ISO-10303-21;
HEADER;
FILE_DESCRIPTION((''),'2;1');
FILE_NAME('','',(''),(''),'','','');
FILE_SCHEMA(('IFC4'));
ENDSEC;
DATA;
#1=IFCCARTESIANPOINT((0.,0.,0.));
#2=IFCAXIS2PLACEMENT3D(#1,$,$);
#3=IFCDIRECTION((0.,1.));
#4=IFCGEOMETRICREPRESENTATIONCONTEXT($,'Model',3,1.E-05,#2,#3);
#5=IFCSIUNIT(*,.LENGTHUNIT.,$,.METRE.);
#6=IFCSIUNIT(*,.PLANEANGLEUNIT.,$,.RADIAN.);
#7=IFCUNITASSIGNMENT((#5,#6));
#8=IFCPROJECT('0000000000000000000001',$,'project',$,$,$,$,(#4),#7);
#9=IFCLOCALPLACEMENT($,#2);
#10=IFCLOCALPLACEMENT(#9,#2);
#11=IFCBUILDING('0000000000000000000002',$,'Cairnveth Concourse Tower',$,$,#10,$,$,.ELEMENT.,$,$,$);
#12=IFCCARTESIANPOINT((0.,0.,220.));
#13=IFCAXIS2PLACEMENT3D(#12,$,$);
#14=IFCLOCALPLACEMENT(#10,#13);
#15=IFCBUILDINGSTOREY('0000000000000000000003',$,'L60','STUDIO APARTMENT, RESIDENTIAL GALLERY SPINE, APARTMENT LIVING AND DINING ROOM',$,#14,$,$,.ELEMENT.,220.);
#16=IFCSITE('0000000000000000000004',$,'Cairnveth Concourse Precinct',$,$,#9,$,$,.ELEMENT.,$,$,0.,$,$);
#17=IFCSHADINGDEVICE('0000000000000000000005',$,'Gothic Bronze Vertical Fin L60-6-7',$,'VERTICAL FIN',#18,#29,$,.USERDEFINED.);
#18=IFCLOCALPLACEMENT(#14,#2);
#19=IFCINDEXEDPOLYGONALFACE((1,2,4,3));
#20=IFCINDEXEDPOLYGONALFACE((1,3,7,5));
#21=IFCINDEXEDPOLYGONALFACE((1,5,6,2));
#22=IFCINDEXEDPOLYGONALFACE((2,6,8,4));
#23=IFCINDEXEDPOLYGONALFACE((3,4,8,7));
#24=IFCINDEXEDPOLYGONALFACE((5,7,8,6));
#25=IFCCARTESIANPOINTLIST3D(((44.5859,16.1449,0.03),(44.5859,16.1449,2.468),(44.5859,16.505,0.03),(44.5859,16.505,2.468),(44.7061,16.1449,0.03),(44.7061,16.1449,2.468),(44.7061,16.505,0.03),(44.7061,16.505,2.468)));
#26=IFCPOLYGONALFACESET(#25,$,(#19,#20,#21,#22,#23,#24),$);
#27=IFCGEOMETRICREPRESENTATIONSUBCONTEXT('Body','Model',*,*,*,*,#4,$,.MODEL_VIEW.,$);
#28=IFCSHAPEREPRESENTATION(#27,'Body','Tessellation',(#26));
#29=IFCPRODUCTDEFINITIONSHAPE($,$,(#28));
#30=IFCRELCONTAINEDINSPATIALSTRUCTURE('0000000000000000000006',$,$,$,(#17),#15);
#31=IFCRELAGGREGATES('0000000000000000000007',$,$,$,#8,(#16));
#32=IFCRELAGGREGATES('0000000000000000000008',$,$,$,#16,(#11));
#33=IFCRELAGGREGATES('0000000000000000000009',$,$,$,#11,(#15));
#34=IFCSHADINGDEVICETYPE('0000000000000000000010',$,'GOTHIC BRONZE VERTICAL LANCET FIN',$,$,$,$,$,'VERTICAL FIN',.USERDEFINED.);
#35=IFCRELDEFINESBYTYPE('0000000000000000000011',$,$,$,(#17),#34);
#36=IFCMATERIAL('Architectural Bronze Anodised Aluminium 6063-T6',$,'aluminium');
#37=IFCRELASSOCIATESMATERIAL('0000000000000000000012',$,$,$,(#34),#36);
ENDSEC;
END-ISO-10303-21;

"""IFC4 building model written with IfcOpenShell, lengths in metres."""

from ifc_helpers import new_model, si_unit, direction, frame, origin, origin_2d, place, context, subcontext, project, spatial, rectangle, extrude, material, type_object, element, save


model = new_model("IFC4")

# Units and contexts
model_context = context("Model", 3, precision=1e-05, world=origin(), true_north=direction((0.0, 1.0)))
body_context = subcontext(model_context, "Body", "Model", "MODEL_VIEW")
ifc_project = project(units=[si_unit("LENGTHUNIT", "METRE"), si_unit("PLANEANGLEUNIT", "RADIAN")], contexts=[model_context])

# Site, building, storey
site_placement = place(None, origin())
site = spatial("IfcSite", under=ifc_project, at=site_placement, Name="Cairnveth Concourse Precinct", CompositionType="ELEMENT", RefElevation=0.0)
building_placement = place(site_placement, origin())
building = spatial("IfcBuilding", under=site, at=building_placement, Name="Cairnveth Concourse Tower", CompositionType="ELEMENT")
storey_placement = place(building_placement, frame((0.0, 0.0, 220.0)))
storey = spatial("IfcBuildingStorey", under=building, at=storey_placement, Name="L60", Description="STUDIO APARTMENT, RESIDENTIAL GALLERY SPINE, APARTMENT LIVING AND DINING ROOM", CompositionType="ELEMENT", Elevation=220.0)

# Shading device
ifc_material_1 = material(Name="Architectural Bronze Anodised Aluminium 6063-T6", Category="aluminium")
shading_device_type = type_object("IfcShadingDeviceType", Name="GOTHIC BRONZE VERTICAL LANCET FIN", ElementType="VERTICAL FIN", PredefinedType="USERDEFINED", material=ifc_material_1)
shading_device_placement = place(storey_placement, frame((44.646, 16.325, 0.03), z_axis=(0.0, 0.0, 1.0), x_axis=(1.0, 0.0, 0.0)))
element("IfcShadingDevice", 1, at=shading_device_placement, inside=storey, type_object=shading_device_type, Name="Gothic Bronze Vertical Fin L60-6-7", ObjectType="VERTICAL FIN", PredefinedType="USERDEFINED", context=body_context, shape_type="SweptSolid", body=[
    extrude(rectangle(XDim=0.1201, YDim=0.3601, at=origin_2d()), origin(), (0.0, 0.0, 1.0), 2.438),
])

save(model, "model.ifc")
